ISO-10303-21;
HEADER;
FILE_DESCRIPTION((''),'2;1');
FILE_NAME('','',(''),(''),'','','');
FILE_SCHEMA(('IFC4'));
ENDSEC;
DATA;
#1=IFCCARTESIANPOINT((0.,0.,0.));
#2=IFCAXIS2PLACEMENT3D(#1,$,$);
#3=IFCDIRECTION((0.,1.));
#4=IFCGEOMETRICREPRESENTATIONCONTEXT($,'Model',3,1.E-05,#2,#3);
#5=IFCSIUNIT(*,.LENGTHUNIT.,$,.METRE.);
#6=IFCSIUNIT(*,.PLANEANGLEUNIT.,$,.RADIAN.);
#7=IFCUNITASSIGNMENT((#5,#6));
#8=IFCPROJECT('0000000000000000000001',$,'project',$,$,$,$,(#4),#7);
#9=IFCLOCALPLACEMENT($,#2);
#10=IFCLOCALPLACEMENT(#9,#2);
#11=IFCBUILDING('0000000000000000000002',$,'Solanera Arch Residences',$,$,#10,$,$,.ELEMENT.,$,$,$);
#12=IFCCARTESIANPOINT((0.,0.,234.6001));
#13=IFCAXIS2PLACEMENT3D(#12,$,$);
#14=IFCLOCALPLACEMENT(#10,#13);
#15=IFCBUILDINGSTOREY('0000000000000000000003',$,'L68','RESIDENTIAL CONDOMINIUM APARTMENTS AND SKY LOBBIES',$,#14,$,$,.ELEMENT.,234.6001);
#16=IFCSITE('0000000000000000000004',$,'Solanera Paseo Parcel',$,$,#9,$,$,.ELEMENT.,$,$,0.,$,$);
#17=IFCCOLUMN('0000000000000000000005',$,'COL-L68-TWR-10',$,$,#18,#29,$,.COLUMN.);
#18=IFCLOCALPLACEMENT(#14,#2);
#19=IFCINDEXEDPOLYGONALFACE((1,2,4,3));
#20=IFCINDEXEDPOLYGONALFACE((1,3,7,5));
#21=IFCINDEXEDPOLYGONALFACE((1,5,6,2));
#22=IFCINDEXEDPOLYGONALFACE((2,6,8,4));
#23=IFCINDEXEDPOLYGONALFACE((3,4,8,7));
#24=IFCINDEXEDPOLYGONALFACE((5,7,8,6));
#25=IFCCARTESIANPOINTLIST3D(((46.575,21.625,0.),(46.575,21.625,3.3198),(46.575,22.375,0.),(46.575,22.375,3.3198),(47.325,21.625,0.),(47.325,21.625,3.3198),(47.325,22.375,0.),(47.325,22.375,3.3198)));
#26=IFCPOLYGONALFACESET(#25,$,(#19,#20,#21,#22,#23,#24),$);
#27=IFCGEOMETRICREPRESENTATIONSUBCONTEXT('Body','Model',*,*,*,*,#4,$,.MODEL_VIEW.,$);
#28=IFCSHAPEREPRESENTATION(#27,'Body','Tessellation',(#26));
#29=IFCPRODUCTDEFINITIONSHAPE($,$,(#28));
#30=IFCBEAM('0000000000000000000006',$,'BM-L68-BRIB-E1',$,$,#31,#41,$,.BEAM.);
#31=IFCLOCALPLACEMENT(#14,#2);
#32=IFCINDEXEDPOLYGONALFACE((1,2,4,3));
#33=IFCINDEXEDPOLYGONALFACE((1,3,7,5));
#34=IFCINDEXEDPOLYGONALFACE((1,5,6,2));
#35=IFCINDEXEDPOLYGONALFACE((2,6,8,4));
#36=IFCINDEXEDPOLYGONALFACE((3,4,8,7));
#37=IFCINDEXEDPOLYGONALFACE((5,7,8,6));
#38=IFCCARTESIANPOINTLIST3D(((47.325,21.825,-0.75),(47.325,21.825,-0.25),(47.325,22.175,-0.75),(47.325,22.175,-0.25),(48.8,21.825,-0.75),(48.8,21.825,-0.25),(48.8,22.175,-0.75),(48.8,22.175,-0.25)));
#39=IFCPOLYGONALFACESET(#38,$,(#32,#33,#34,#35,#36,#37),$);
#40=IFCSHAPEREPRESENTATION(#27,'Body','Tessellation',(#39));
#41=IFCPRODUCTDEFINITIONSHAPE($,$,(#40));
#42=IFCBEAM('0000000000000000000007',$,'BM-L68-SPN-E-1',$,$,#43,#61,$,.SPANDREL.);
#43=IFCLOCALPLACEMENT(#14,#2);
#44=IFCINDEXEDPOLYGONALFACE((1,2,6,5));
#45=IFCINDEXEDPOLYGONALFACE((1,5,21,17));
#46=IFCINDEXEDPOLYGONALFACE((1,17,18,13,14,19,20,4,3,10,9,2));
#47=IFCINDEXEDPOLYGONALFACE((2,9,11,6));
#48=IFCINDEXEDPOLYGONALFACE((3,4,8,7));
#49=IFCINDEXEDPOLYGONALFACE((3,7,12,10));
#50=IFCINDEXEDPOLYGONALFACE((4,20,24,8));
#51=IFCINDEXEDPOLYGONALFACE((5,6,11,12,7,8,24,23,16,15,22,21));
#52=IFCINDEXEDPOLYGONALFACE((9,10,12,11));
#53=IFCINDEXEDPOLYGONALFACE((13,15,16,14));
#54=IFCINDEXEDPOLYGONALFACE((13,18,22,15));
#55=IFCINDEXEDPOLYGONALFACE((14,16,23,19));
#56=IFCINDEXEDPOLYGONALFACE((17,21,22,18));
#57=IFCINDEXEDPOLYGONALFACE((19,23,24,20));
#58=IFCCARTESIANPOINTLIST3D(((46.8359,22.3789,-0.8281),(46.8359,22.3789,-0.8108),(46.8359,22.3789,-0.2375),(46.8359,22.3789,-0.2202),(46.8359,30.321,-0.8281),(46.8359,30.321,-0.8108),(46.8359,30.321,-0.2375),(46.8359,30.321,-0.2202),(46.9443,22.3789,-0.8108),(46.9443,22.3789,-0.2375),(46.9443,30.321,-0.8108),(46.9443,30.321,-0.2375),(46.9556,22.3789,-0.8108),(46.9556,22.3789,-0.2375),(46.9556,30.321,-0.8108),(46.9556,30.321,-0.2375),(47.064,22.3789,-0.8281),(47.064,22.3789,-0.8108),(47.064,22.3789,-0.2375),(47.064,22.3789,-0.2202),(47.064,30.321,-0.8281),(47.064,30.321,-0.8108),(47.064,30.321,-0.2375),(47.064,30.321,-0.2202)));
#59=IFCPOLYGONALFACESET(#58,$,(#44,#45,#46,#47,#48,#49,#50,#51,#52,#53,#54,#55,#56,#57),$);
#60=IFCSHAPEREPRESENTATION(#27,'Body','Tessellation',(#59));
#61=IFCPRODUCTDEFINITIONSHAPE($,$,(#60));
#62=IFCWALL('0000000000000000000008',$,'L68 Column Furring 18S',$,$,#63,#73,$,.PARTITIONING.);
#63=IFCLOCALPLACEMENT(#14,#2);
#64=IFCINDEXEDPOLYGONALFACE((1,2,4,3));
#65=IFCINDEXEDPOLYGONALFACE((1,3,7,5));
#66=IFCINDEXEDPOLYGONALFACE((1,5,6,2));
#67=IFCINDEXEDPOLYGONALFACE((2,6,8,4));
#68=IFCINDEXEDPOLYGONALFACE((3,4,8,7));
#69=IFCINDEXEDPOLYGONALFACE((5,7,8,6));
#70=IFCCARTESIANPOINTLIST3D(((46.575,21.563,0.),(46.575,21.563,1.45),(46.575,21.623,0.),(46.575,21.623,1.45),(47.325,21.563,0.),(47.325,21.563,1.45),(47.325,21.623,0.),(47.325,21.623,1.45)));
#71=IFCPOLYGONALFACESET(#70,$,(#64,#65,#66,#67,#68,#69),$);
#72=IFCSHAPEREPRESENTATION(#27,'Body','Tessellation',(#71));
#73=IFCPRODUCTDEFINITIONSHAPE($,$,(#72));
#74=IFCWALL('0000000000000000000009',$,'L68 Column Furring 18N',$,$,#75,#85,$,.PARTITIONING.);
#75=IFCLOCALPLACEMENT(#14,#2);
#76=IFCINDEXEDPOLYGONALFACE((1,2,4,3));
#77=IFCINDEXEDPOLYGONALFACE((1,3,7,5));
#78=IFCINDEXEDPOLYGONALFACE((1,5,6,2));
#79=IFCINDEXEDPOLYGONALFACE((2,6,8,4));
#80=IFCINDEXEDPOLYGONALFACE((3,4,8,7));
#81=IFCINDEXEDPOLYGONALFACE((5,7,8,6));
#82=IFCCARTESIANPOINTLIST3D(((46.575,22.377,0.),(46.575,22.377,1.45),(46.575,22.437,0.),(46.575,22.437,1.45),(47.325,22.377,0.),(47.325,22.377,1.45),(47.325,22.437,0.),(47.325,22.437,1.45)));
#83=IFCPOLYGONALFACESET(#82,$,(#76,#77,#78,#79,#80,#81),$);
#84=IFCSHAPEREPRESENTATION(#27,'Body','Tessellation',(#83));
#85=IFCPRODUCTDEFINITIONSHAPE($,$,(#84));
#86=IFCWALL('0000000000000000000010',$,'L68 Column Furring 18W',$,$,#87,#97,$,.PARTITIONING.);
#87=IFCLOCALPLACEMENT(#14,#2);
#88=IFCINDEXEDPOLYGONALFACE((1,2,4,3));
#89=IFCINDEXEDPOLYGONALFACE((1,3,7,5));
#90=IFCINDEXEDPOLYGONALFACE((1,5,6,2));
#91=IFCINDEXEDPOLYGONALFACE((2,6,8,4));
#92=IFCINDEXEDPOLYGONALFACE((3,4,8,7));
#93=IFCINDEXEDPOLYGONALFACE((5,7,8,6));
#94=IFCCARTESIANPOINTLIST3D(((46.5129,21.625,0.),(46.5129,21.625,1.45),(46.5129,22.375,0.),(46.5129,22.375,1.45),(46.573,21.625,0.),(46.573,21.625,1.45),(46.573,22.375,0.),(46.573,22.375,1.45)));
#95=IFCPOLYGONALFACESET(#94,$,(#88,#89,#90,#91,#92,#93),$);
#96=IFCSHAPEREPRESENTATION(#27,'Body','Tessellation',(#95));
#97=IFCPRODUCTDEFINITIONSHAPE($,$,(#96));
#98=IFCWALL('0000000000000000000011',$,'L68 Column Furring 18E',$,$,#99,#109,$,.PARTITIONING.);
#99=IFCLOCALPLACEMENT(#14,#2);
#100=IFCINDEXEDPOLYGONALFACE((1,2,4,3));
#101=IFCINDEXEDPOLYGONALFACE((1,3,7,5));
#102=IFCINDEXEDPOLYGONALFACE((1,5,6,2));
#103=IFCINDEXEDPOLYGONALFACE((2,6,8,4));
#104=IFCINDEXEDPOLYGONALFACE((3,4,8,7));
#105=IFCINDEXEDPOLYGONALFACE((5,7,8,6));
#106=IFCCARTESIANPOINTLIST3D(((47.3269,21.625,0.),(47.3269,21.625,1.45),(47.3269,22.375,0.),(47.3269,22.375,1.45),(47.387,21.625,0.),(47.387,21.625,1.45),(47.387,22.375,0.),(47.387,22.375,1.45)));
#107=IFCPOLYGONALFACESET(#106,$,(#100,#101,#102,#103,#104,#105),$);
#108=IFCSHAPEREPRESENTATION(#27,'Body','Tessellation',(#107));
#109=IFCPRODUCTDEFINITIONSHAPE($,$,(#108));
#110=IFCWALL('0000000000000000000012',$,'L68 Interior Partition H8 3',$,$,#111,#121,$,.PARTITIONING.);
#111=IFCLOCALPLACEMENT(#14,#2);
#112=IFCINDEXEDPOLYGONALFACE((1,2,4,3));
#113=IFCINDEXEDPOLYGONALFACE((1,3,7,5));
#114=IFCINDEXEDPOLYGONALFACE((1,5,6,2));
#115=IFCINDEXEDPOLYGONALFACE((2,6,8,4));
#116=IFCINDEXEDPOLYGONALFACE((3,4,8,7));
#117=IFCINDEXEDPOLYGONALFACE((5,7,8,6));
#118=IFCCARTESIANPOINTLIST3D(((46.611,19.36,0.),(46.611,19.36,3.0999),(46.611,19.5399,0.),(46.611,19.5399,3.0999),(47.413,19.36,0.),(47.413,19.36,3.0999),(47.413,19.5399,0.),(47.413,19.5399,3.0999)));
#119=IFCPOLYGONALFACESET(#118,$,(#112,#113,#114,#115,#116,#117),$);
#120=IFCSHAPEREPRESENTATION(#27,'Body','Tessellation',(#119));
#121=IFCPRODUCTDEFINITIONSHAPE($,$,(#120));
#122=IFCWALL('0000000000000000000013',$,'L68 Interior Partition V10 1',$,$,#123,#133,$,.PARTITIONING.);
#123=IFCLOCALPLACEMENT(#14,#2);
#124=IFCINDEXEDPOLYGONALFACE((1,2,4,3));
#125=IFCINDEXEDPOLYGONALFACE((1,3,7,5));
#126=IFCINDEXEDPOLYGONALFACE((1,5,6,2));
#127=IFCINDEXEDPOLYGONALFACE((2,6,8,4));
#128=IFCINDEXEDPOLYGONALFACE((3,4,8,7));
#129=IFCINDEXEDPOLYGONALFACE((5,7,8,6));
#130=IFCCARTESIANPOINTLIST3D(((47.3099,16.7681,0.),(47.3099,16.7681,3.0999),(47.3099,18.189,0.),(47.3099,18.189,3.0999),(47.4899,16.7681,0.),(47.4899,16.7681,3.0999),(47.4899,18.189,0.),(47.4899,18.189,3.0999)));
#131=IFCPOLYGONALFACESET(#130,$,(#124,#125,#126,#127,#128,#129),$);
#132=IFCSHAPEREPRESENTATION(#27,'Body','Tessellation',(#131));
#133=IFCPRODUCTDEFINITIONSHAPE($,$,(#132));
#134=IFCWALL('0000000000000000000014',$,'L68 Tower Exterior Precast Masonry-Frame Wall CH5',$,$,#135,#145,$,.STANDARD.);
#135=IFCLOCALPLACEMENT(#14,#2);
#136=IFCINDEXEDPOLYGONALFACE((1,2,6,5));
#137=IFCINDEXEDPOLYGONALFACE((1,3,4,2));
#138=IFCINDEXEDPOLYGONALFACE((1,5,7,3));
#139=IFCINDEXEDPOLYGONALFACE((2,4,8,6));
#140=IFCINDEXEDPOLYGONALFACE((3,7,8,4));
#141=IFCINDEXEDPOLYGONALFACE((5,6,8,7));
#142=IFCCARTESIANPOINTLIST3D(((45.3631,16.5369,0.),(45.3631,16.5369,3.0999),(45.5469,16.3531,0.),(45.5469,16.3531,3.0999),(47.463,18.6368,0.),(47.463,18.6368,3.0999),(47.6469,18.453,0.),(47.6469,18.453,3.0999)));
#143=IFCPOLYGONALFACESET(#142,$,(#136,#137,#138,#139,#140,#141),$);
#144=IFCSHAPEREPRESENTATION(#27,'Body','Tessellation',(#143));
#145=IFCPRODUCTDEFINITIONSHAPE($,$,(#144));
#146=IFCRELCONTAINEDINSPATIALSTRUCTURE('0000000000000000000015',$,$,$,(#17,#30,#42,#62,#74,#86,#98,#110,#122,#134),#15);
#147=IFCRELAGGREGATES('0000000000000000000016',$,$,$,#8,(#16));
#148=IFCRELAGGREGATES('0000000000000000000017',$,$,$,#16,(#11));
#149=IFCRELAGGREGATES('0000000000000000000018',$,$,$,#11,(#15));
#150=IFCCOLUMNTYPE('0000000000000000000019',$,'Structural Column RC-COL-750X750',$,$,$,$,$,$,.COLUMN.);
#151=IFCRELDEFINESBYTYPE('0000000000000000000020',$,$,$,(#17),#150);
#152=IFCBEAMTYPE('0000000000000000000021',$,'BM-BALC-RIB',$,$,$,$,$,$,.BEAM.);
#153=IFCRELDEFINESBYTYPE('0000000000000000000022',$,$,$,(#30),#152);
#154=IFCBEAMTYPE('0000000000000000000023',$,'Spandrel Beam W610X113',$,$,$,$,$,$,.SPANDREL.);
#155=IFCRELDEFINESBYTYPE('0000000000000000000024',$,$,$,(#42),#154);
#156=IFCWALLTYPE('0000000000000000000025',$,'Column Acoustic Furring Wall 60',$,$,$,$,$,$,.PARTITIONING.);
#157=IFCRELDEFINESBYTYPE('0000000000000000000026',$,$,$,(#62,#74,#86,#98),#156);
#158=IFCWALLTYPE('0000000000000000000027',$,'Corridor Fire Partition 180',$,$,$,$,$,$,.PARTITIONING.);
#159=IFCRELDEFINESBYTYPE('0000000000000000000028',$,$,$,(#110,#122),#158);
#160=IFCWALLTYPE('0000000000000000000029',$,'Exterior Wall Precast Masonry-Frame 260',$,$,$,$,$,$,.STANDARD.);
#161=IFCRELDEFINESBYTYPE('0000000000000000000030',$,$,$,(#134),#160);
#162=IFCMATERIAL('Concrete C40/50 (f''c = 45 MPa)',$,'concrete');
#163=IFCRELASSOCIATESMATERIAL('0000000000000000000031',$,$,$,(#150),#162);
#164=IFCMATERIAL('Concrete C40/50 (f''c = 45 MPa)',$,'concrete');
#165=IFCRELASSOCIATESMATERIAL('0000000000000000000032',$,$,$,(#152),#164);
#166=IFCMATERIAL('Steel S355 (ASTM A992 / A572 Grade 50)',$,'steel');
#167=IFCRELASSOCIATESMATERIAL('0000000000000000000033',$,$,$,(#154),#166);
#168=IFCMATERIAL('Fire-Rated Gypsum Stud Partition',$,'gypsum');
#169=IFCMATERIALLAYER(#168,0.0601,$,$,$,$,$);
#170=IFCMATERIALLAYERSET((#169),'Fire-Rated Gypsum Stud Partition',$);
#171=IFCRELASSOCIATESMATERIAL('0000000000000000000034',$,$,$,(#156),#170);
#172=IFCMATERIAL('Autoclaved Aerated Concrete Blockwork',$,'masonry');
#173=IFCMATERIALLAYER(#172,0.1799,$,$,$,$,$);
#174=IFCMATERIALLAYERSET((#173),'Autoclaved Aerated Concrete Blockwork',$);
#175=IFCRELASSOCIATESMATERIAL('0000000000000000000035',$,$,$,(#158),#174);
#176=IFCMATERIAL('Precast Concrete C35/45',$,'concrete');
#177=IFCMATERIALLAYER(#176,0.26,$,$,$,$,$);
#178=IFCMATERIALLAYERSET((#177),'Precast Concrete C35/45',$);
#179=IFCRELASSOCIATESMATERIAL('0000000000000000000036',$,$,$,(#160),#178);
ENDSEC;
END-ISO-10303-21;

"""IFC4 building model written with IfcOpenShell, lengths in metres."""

from ifc_helpers import new_model, si_unit, direction, frame, frame_2d, origin, origin_2d, place, context, subcontext, project, spatial, rectangle, i_section, extrude, material, layer, layer_set, material_profile, profile_set, type_object, element, save


model = new_model("IFC4")

# Units and contexts
model_context = context("Model", 3, precision=1e-05, world=origin(), true_north=direction((0.0, 1.0)))
body_context = subcontext(model_context, "Body", "Model", "MODEL_VIEW")
ifc_project = project(units=[si_unit("LENGTHUNIT", "METRE"), si_unit("PLANEANGLEUNIT", "RADIAN")], contexts=[model_context])

# Site, building, storey
site_placement = place(None, origin())
site = spatial("IfcSite", under=ifc_project, at=site_placement, Name="Solanera Paseo Parcel", CompositionType="ELEMENT", RefElevation=0.0)
building_placement = place(site_placement, origin())
building = spatial("IfcBuilding", under=site, at=building_placement, Name="Solanera Arch Residences", CompositionType="ELEMENT")
storey_placement = place(building_placement, frame((0.0, 0.0, 234.6001)))
storey = spatial("IfcBuildingStorey", under=building, at=storey_placement, Name="L68", Description="RESIDENTIAL CONDOMINIUM APARTMENTS AND SKY LOBBIES", CompositionType="ELEMENT", Elevation=234.6001)

# Column
ifc_material_1 = material(Name="Concrete C40/50 (f'c = 45 MPa)", Category="concrete")
ifc_material_profile_1 = material_profile(ifc_material_1, rectangle(XDim=0.75, YDim=0.75, at=origin_2d()))
ifc_profile_set_1 = profile_set([ifc_material_profile_1], Name="Concrete C40/50 (f'c = 45 MPa)")
column_type = type_object("IfcColumnType", Name="Structural Column RC-COL-750X750", PredefinedType="COLUMN", material=ifc_profile_set_1)
column_placement = place(storey_placement, frame((46.95, 22.0, 0.0), z_axis=(0.0, 0.0, 1.0), x_axis=(1.0, 0.0, 0.0)))
element("IfcColumn", 1, at=column_placement, inside=storey, type_object=column_type, Name="COL-L68-TWR-10", PredefinedType="COLUMN", context=body_context, shape_type="SweptSolid", body=[
    extrude(rectangle(XDim=0.75, YDim=0.75, at=origin_2d()), origin(), (0.0, 0.0, 1.0), 3.3198),
])

# Beams
ifc_material_2 = material(Name="Concrete C40/50 (f'c = 45 MPa)", Category="concrete")
ifc_material_profile_2 = material_profile(ifc_material_2, rectangle(XDim=0.3501, YDim=0.5, at=origin_2d()))
ifc_profile_set_2 = profile_set([ifc_material_profile_2], Name="Concrete C40/50 (f'c = 45 MPa)")
beam_type_1 = type_object("IfcBeamType", Name="BM-BALC-RIB", PredefinedType="BEAM", material=ifc_profile_set_2)
beam_1_placement = place(storey_placement, frame((47.325, 22.0, -0.5), z_axis=(1.0, 0.0, 0.0), x_axis=(0.0, 1.0, 0.0)))
element("IfcBeam", 2, at=beam_1_placement, inside=storey, type_object=beam_type_1, Name="BM-L68-BRIB-E1", PredefinedType="BEAM", context=body_context, shape_type="SweptSolid", body=[
    extrude(rectangle(XDim=0.3501, YDim=0.5, at=origin_2d()), origin(), (0.0, 0.0, 1.0), 1.4751),
])
ifc_material_3 = material(Name="Steel S355 (ASTM A992 / A572 Grade 50)", Category="steel")
ifc_material_profile_3 = material_profile(ifc_material_3, i_section(OverallWidth=0.228, OverallDepth=0.6079, WebThickness=0.0112, FlangeThickness=0.0173, at=origin_2d()))
ifc_profile_set_3 = profile_set([ifc_material_profile_3], Name="Steel S355 (ASTM A992 / A572 Grade 50)")
beam_type_2 = type_object("IfcBeamType", Name="Spandrel Beam W610X113", PredefinedType="SPANDREL", material=ifc_profile_set_3)
beam_2_placement = place(storey_placement, frame((46.95, 22.3789, -0.5242), z_axis=(0.0, 1.0, 0.0), x_axis=(-1.0, 0.0, 0.0)))
element("IfcBeam", 3, at=beam_2_placement, inside=storey, type_object=beam_type_2, Name="BM-L68-SPN-E-1", PredefinedType="SPANDREL", context=body_context, shape_type="SweptSolid", body=[
    extrude(i_section(OverallWidth=0.228, OverallDepth=0.6079, WebThickness=0.0112, FlangeThickness=0.0173, at=origin_2d()), origin(), (0.0, 0.0, 1.0), 7.9421),
])

# Walls
ifc_material_4 = material(Name="Fire-Rated Gypsum Stud Partition", Category="gypsum")
ifc_layer_1 = layer(ifc_material_4, 0.0601)
ifc_layer_set_1 = layer_set([ifc_layer_1], Name="Fire-Rated Gypsum Stud Partition")
wall_type_1 = type_object("IfcWallType", Name="Column Acoustic Furring Wall 60", PredefinedType="PARTITIONING", material=ifc_layer_set_1)
for number, where, z_axis, x_axis, name in (
    (4, (46.575, 21.593, 0.0), (0.0, 0.0, 1.0), (1.0, 0.0, 0.0), "L68 Column Furring 18S"),
    (5, (46.575, 22.407, 0.0), (0.0, 0.0, 1.0), (1.0, 0.0, 0.0), "L68 Column Furring 18N"),
    (6, (46.543, 21.625, 0.0), (0.0, 0.0, 1.0), (0.0, 1.0, 0.0), "L68 Column Furring 18W"),
    (7, (47.3569, 21.625, 0.0), (0.0, 0.0, 1.0), (0.0, 1.0, 0.0), "L68 Column Furring 18E"),
):
    element("IfcWall", number, at=place(storey_placement, frame(where, z_axis=z_axis, x_axis=x_axis)), inside=storey, type_object=wall_type_1, Name=name, PredefinedType="PARTITIONING", context=body_context, shape_type="SweptSolid", body=[
        extrude(rectangle(XDim=0.75, YDim=0.0601, at=frame_2d((0.375, 0.0))), origin(), (0.0, 0.0, 1.0), 1.45),
    ])
ifc_material_5 = material(Name="Autoclaved Aerated Concrete Blockwork", Category="masonry")
ifc_layer_2 = layer(ifc_material_5, 0.1799)
ifc_layer_set_2 = layer_set([ifc_layer_2], Name="Autoclaved Aerated Concrete Blockwork")
wall_type_2 = type_object("IfcWallType", Name="Corridor Fire Partition 180", PredefinedType="PARTITIONING", material=ifc_layer_set_2)
wall_1_placement = place(storey_placement, frame((46.6111, 19.45, 0.0), z_axis=(0.0, 0.0, 1.0), x_axis=(1.0, 0.0, 0.0)))
element("IfcWall", 8, at=wall_1_placement, inside=storey, type_object=wall_type_2, Name="L68 Interior Partition H8 3", PredefinedType="PARTITIONING", context=body_context, shape_type="SweptSolid", body=[
    extrude(rectangle(XDim=0.802, YDim=0.1799, at=frame_2d((0.4009, 0.0))), origin(), (0.0, 0.0, 1.0), 3.0999),
])
wall_2_placement = place(storey_placement, frame((47.3999, 16.7681, 0.0), z_axis=(0.0, 0.0, 1.0), x_axis=(0.0, 1.0, 0.0)))
element("IfcWall", 9, at=wall_2_placement, inside=storey, type_object=wall_type_2, Name="L68 Interior Partition V10 1", PredefinedType="PARTITIONING", context=body_context, shape_type="SweptSolid", body=[
    extrude(rectangle(XDim=1.4209, YDim=0.1799, at=frame_2d((0.7104, 0.0))), origin(), (0.0, 0.0, 1.0), 3.0999),
])
ifc_material_6 = material(Name="Precast Concrete C35/45", Category="concrete")
ifc_layer_3 = layer(ifc_material_6, 0.26)
ifc_layer_set_3 = layer_set([ifc_layer_3], Name="Precast Concrete C35/45")
wall_type_3 = type_object("IfcWallType", Name="Exterior Wall Precast Masonry-Frame 260", PredefinedType="STANDARD", material=ifc_layer_set_3)
wall_3_placement = place(storey_placement, frame((47.5549, 18.5449, 0.0), z_axis=(0.0, 0.0, 1.0), x_axis=(-0.707107, -0.707107, 0.0)))
element("IfcWall", 10, at=wall_3_placement, inside=storey, type_object=wall_type_3, Name="L68 Tower Exterior Precast Masonry-Frame Wall CH5", PredefinedType="STANDARD", context=body_context, shape_type="SweptSolid", body=[
    extrude(rectangle(XDim=2.9697, YDim=0.26, at=frame_2d((1.4849, 0.0))), origin(), (0.0, 0.0, 1.0), 3.0999),
])

save(model, "model.ifc")
